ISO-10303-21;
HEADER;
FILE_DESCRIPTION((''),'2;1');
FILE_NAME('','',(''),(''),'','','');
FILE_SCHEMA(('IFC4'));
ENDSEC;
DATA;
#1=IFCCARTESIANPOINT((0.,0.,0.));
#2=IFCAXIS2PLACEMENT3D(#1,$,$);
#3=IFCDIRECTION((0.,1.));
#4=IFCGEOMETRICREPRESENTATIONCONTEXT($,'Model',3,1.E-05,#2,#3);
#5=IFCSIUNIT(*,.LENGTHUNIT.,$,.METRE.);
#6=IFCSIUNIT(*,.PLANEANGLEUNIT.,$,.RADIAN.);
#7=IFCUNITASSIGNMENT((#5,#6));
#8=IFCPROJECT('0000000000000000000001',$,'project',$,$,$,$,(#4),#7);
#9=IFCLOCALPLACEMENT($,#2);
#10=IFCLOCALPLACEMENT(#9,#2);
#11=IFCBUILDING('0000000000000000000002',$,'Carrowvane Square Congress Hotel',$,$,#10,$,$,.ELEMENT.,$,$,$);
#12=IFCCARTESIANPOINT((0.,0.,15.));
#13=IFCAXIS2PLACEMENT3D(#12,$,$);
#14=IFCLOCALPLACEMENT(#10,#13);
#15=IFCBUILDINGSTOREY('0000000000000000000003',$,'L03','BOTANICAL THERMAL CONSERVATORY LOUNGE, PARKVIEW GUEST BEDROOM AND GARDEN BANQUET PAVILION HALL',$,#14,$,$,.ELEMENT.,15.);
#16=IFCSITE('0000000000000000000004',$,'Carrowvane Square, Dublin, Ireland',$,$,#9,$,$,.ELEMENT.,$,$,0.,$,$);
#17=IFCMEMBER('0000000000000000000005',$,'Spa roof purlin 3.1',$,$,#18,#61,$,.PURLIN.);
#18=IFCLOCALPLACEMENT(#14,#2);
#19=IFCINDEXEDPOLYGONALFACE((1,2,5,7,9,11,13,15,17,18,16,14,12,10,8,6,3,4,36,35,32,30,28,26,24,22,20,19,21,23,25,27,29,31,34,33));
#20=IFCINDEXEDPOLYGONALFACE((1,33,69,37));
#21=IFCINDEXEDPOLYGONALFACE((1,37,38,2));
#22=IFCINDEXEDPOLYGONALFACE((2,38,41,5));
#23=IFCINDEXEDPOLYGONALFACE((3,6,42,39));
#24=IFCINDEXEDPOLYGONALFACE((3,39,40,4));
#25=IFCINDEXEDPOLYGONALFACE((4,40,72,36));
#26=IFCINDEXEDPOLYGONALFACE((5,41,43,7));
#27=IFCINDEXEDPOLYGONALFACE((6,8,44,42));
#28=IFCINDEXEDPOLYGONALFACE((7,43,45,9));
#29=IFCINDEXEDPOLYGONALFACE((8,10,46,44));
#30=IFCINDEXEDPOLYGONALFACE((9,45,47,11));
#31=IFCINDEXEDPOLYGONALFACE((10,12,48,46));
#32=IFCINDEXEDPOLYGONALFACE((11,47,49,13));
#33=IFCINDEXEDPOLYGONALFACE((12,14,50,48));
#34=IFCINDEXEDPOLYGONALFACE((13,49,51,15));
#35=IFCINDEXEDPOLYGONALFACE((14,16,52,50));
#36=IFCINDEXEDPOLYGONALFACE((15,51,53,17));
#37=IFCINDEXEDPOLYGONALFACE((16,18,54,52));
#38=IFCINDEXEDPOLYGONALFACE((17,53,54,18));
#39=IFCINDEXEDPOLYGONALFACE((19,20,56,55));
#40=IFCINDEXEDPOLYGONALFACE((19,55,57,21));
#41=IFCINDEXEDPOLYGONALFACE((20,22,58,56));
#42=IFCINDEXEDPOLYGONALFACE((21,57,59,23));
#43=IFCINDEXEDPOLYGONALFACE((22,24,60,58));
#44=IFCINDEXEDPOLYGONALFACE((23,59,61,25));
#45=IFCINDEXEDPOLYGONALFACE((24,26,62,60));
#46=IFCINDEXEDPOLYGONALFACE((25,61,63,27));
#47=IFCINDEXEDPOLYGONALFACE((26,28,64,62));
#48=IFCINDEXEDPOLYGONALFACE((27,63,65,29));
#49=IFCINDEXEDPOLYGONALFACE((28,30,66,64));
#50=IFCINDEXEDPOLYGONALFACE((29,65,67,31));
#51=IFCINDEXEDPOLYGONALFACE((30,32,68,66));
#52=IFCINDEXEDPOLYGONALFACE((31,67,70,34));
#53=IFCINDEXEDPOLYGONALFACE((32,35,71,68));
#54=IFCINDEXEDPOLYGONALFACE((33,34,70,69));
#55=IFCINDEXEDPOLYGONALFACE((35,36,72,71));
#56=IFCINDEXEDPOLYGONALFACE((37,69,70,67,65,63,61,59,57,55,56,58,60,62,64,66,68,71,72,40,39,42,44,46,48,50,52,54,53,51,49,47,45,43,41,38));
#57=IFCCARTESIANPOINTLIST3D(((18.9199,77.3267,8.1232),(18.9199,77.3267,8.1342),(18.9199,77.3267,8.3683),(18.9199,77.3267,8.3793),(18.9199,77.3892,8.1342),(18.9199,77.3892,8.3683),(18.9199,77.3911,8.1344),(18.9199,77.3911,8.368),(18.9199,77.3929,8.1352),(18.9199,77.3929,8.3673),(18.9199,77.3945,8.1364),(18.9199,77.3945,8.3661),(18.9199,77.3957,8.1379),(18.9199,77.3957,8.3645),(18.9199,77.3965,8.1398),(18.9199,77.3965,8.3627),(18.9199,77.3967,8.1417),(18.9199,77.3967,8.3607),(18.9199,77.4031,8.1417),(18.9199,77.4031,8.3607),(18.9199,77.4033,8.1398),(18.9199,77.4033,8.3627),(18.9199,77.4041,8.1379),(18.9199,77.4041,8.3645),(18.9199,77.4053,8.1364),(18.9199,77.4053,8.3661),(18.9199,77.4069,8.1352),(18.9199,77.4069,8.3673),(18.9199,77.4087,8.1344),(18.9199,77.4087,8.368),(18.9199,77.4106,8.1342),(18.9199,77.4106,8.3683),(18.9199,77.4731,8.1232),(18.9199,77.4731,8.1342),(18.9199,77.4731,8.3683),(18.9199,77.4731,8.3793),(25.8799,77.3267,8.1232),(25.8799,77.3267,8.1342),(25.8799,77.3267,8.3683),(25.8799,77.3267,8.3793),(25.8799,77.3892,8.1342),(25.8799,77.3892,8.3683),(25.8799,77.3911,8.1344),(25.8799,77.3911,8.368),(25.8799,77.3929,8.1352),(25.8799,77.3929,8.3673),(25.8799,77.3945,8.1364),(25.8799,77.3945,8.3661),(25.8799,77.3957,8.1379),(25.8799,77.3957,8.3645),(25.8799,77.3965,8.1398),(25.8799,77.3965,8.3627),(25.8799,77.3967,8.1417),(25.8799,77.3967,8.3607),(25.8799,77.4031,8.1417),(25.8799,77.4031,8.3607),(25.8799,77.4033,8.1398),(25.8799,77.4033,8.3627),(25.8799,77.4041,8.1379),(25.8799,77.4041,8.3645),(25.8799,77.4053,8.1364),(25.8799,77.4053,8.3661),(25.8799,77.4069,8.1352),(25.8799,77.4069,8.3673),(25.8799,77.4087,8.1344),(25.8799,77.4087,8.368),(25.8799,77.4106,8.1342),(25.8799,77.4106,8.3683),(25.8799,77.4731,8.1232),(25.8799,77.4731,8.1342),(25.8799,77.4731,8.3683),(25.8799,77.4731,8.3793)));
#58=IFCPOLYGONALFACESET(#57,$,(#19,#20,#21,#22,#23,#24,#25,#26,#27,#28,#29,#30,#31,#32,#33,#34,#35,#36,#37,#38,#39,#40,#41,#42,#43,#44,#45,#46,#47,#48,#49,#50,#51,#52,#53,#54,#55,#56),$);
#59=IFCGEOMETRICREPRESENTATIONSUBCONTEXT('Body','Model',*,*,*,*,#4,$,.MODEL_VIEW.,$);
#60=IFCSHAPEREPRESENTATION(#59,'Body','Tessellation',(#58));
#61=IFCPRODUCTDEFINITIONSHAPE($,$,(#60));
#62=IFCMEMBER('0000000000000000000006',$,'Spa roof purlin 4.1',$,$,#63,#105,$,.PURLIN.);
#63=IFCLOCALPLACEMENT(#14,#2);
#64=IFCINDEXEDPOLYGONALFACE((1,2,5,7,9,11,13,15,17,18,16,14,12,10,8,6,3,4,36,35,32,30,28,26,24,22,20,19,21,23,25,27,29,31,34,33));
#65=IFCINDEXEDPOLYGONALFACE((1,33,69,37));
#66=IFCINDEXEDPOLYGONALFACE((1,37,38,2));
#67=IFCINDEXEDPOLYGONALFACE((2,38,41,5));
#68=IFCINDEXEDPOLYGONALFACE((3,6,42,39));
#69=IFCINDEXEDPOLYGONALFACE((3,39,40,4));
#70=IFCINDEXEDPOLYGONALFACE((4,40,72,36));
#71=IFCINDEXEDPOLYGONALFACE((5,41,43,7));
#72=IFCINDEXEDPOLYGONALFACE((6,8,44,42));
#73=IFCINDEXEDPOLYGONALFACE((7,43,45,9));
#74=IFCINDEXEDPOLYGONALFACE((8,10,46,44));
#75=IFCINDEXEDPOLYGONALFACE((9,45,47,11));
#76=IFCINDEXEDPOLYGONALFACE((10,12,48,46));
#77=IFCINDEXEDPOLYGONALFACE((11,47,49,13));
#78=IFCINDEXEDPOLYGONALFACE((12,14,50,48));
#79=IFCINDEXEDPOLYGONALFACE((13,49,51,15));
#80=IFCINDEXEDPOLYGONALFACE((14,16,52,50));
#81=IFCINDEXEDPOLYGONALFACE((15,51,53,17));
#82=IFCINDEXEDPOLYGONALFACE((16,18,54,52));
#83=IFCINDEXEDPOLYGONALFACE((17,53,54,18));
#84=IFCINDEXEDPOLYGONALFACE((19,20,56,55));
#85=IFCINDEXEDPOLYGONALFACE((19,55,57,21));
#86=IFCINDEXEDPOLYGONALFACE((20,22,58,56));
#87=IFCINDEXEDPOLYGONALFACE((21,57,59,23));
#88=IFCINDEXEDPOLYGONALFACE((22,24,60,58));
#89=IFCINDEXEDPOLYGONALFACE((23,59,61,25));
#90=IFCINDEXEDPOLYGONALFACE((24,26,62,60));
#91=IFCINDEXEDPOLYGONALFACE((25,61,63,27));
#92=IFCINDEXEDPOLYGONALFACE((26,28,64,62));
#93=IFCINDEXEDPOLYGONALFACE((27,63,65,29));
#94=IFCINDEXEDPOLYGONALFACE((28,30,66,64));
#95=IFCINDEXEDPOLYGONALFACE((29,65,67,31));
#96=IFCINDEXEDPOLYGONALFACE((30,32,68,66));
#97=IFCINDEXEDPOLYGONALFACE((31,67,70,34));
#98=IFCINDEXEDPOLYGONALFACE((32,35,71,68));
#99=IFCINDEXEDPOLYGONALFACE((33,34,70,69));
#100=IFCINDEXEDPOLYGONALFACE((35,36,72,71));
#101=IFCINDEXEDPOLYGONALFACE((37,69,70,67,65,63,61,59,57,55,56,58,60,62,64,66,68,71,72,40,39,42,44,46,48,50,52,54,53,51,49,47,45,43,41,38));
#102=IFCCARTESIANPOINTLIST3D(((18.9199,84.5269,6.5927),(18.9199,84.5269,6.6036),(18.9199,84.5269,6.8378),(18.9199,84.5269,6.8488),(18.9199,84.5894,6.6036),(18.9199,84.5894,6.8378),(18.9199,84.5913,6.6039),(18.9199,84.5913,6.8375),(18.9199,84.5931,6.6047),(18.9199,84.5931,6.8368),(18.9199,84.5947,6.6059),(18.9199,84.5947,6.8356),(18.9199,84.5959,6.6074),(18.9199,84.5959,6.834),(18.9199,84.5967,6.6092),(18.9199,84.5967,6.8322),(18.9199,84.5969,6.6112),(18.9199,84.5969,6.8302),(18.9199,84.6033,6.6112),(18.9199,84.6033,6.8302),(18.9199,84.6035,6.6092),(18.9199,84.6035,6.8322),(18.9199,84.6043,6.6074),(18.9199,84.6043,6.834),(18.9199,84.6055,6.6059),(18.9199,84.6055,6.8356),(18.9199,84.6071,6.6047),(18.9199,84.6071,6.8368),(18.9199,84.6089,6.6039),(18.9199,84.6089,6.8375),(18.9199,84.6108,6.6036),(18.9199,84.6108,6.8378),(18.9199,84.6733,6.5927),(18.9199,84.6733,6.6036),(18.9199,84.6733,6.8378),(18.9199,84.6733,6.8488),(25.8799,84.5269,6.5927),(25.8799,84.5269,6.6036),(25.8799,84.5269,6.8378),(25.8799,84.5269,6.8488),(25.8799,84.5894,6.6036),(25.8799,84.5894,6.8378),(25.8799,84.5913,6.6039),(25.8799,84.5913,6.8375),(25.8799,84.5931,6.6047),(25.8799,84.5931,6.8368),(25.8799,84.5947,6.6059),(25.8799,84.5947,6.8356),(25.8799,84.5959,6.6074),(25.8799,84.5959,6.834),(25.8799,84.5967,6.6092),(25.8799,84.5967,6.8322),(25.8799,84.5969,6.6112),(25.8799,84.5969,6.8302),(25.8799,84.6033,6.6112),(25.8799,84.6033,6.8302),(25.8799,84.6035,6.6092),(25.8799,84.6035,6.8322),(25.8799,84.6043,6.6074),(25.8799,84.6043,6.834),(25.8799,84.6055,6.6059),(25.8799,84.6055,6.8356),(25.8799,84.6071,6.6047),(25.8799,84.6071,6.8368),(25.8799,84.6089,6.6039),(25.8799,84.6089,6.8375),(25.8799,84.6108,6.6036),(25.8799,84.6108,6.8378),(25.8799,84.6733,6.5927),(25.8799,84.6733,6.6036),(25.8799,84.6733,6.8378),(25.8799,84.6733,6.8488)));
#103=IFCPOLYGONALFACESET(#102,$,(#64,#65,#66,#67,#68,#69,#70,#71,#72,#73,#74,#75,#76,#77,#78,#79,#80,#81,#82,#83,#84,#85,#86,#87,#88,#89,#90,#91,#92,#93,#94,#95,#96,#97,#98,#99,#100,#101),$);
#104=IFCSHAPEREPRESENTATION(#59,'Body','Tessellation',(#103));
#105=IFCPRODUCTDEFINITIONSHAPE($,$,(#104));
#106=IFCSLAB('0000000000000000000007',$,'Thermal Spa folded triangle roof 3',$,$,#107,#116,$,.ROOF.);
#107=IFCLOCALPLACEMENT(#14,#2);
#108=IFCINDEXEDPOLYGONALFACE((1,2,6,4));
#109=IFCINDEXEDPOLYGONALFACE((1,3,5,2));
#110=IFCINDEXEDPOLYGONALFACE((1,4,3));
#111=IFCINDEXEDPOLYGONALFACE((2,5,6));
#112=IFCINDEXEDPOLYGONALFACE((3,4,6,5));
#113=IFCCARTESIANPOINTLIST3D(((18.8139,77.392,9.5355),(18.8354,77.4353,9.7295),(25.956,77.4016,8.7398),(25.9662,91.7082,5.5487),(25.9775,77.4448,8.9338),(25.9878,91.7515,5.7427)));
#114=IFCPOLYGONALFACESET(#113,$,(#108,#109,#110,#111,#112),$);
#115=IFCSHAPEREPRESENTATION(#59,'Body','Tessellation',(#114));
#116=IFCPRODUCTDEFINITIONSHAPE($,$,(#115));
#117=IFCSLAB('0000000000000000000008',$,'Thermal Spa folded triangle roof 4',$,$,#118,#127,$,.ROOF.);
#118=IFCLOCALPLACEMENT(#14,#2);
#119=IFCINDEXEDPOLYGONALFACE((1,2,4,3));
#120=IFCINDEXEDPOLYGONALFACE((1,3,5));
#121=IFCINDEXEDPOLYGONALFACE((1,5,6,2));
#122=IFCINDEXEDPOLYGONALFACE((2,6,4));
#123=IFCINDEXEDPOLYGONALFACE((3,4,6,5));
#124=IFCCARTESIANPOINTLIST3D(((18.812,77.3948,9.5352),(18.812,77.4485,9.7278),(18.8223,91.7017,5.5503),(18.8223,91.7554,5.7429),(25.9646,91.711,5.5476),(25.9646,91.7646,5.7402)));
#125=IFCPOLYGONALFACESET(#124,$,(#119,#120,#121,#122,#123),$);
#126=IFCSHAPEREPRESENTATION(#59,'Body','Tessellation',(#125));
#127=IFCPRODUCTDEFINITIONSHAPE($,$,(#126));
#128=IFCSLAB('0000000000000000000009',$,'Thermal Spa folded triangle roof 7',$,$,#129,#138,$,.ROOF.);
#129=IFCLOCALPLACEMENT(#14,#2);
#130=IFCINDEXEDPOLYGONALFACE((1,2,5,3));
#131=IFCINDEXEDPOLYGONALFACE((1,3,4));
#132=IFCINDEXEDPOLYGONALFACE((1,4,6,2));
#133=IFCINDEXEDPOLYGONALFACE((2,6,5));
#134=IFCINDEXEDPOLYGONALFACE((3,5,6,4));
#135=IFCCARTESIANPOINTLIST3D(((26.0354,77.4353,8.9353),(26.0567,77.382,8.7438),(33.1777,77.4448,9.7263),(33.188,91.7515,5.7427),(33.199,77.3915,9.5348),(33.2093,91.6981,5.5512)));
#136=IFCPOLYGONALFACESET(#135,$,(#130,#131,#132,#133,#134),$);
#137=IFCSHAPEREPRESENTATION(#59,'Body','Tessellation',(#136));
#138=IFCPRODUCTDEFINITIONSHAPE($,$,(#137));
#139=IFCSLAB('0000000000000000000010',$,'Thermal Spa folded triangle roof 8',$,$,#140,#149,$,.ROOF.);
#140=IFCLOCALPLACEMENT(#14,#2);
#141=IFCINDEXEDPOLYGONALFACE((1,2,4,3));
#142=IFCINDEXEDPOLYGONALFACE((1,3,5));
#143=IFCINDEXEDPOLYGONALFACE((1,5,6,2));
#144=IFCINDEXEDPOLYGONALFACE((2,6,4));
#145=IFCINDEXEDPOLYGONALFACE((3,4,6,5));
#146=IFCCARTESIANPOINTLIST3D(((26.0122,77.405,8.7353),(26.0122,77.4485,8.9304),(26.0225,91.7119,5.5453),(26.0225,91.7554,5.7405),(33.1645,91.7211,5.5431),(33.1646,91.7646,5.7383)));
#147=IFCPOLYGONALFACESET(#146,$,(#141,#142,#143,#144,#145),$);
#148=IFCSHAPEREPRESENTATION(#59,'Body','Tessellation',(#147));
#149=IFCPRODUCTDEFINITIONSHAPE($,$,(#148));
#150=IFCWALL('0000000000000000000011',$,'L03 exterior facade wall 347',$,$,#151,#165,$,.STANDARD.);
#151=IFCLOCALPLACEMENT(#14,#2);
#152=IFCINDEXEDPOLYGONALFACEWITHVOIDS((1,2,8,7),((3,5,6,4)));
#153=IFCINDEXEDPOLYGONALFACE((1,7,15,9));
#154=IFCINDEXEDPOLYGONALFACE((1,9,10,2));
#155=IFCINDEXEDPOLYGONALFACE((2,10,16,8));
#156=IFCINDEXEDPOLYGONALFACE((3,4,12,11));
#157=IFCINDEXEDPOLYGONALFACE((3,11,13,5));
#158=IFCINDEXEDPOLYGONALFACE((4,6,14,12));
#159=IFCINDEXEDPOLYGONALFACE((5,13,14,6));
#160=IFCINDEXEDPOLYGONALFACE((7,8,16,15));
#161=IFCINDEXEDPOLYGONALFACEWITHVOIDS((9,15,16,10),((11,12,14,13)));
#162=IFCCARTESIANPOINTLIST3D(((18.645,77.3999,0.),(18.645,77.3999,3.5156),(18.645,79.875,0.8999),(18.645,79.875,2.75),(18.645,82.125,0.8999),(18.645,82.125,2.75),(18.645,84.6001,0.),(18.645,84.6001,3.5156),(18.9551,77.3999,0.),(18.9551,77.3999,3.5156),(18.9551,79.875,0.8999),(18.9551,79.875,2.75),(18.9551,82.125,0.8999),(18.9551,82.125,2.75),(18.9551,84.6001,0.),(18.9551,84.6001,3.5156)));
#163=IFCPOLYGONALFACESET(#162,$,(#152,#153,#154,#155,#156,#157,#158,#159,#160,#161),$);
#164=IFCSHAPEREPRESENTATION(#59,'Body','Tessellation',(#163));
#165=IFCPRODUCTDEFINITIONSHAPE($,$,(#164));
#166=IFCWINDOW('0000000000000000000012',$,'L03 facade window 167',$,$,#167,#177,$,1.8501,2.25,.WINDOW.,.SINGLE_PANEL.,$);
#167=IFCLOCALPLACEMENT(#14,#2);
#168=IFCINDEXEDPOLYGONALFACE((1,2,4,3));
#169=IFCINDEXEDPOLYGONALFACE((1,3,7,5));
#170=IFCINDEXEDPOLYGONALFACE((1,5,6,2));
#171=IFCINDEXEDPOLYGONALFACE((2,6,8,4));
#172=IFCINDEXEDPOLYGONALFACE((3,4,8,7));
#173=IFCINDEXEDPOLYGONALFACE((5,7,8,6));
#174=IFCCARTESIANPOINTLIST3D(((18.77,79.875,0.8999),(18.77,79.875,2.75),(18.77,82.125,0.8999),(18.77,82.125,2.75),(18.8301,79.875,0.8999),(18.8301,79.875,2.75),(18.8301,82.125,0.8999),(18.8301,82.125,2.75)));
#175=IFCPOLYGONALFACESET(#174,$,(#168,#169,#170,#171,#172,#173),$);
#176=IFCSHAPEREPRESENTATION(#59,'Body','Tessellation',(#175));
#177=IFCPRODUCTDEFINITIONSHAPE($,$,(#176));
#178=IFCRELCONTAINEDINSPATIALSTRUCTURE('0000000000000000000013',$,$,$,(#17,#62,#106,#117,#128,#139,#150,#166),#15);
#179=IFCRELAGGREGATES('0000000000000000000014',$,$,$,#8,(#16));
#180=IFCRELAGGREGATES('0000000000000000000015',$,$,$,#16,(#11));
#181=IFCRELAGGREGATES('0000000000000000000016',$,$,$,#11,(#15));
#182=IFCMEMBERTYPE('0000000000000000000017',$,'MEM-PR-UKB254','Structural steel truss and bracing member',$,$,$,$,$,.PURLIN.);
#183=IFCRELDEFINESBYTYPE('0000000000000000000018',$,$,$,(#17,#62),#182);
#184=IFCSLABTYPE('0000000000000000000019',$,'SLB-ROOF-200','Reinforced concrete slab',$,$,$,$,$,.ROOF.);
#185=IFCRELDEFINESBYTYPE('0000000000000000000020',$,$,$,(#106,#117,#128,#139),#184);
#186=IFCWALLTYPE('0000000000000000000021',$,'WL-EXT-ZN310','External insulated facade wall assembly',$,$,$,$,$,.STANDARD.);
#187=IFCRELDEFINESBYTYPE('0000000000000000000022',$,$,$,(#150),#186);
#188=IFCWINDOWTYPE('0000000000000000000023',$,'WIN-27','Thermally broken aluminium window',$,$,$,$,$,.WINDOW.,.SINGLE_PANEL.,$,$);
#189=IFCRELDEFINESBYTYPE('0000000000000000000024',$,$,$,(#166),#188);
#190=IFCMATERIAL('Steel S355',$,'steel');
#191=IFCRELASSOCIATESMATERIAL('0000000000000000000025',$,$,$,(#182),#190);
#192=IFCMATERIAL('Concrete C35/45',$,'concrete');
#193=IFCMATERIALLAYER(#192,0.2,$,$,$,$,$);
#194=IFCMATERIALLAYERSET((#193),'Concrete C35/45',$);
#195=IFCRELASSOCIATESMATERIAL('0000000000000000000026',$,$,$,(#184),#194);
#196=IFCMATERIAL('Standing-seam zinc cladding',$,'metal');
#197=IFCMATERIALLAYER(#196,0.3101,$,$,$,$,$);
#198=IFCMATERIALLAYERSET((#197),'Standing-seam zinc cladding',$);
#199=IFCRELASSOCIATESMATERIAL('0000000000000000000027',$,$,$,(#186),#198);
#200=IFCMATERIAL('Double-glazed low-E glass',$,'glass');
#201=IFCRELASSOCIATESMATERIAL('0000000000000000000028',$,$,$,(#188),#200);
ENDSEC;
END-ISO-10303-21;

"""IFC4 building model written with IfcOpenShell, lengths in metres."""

from ifc_helpers import new_model, si_unit, direction, frame, frame_2d, origin, origin_2d, place, context, subcontext, project, spatial, polyline, rectangle, i_section, outline, extrude, material, layer, layer_set, material_profile, profile_set, type_object, element, fill, save


model = new_model("IFC4")

# Units and contexts
model_context = context("Model", 3, precision=1e-05, world=origin(), true_north=direction((0.0, 1.0)))
body_context = subcontext(model_context, "Body", "Model", "MODEL_VIEW")
ifc_project = project(units=[si_unit("LENGTHUNIT", "METRE"), si_unit("PLANEANGLEUNIT", "RADIAN")], contexts=[model_context])

# Site, building, storey
site_placement = place(None, origin())
site = spatial("IfcSite", under=ifc_project, at=site_placement, Name="Carrowvane Square, Dublin, Ireland", CompositionType="ELEMENT", RefElevation=0.0)
building_placement = place(site_placement, origin())
building = spatial("IfcBuilding", under=site, at=building_placement, Name="Carrowvane Square Congress Hotel", CompositionType="ELEMENT")
storey_placement = place(building_placement, frame((0.0, 0.0, 15.0)))
storey = spatial("IfcBuildingStorey", under=building, at=storey_placement, Name="L03", Description="BOTANICAL THERMAL CONSERVATORY LOUNGE, PARKVIEW GUEST BEDROOM AND GARDEN BANQUET PAVILION HALL", CompositionType="ELEMENT", Elevation=15.0)

# Members
ifc_material_1 = material(Name="Steel S355", Category="steel")
ifc_material_profile_1 = material_profile(ifc_material_1, i_section(OverallWidth=0.1465, OverallDepth=0.2561, WebThickness=0.0063, FlangeThickness=0.011, FilletRadius=0.0076, at=origin_2d()), Name="UKB 254x146x37")
ifc_profile_set_1 = profile_set([ifc_material_profile_1], Name="Steel S355")
member_type = type_object("IfcMemberType", Name="MEM-PR-UKB254", Description="Structural steel truss and bracing member", PredefinedType="PURLIN", material=ifc_profile_set_1)
for number, where, z_axis, x_axis, name in (
    (1, (18.9199, 77.3999, 8.2512), (1.0, 0.0, 0.0), (0.0, 1.0, 0.0), "Spa roof purlin 3.1"),
    (2, (18.9199, 84.6001, 6.7207), (1.0, 0.0, 0.0), (0.0, 1.0, 0.0), "Spa roof purlin 4.1"),
):
    element("IfcMember", number, at=place(storey_placement, frame(where, z_axis=z_axis, x_axis=x_axis)), inside=storey, type_object=member_type, Name=name, PredefinedType="PURLIN", context=body_context, shape_type="SweptSolid", body=[
        extrude(i_section(OverallWidth=0.1465, OverallDepth=0.2561, WebThickness=0.0063, FlangeThickness=0.011, FilletRadius=0.0076, at=origin_2d()), origin(), (0.0, 0.0, 1.0), 6.96),
    ])

# Slabs
ifc_material_2 = material(Name="Concrete C35/45", Category="concrete")
ifc_layer_1 = layer(ifc_material_2, 0.2)
ifc_layer_set_1 = layer_set([ifc_layer_1], Name="Concrete C35/45")
slab_type = type_object("IfcSlabType", Name="SLB-ROOF-200", Description="Reinforced concrete slab", PredefinedType="ROOF", material=ifc_layer_set_1)
slab_1_placement = place(storey_placement, frame((18.8354, 77.4353, 9.7295), z_axis=(0.107811, 0.216362, 0.970342), x_axis=(0.993851, 0.001325, -0.110719)))
element("IfcSlab", 3, at=slab_1_placement, inside=storey, type_object=slab_type, Name="Thermal Spa folded triangle roof 3", PredefinedType="ROOF", context=body_context, shape_type="SweptSolid", body=[
    extrude(outline(polyline([(0.0, 0.0), (7.1863, 0.0), (7.5687, 14.6532), (0.0, 0.0)])), origin(), (0.0, 0.0, -1.0), 0.2),
])
slab_2_placement = place(storey_placement, frame((18.812, 77.4485, 9.7278), z_axis=(0.000014, 0.268314, 0.963331), x_axis=(0.433679, 0.868025, -0.241775)))
element("IfcSlab", 4, at=slab_2_placement, inside=storey, type_object=slab_type, Name="Thermal Spa folded triangle roof 4", PredefinedType="ROOF", context=body_context, shape_type="SweptSolid", body=[
    extrude(outline(polyline([(0.0, 0.0), (16.4928, 0.0), (13.3866, 6.4315), (0.0, 0.0)])), origin(), (0.0, 0.0, -1.0), 0.2),
])
slab_3_placement = place(storey_placement, frame((26.0354, 77.4353, 8.9353), z_axis=(-0.106439, 0.266789, 0.957859), x_axis=(0.993922, 0.001325, 0.110077)))
element("IfcSlab", 5, at=slab_3_placement, inside=storey, type_object=slab_type, Name="Thermal Spa folded triangle roof 7", PredefinedType="ROOF", context=body_context, shape_type="SweptSolid", body=[
    extrude(outline(polyline([(0.0, 0.0), (7.186, 0.0), (6.7766, 14.8453), (0.0, 0.0)])), origin(), (0.0, 0.0, -1.0), 0.2),
])
slab_4_placement = place(storey_placement, frame((26.0122, 77.4485, 8.9304), z_axis=(0.000018, 0.217622, 0.976033), x_axis=(0.438293, 0.877289, -0.195613)))
element("IfcSlab", 6, at=slab_4_placement, inside=storey, type_object=slab_type, Name="Thermal Spa folded triangle roof 8", PredefinedType="ROOF", context=body_context, shape_type="SweptSolid", body=[
    extrude(outline(polyline([(0.0, 0.0), (16.3186, 0.0), (13.1798, 6.4154), (0.0, 0.0)])), origin(), (0.0, 0.0, -1.0), 0.2),
])

# Wall, opening, window
ifc_material_3 = material(Name="Standing-seam zinc cladding", Category="metal")
ifc_layer_2 = layer(ifc_material_3, 0.3101)
ifc_layer_set_2 = layer_set([ifc_layer_2], Name="Standing-seam zinc cladding")
wall_type_1 = type_object("IfcWallType", Name="WL-EXT-ZN310", Description="External insulated facade wall assembly", PredefinedType="STANDARD", material=ifc_layer_set_2)
wall_1_placement = place(storey_placement, frame((18.8, 77.3999, 0.0), z_axis=(0.0, 0.0, 1.0), x_axis=(0.0, 1.0, 0.0)))
wall_1 = element("IfcWall", 7, at=wall_1_placement, inside=storey, type_object=wall_type_1, Name="L03 exterior facade wall 347", PredefinedType="STANDARD", context=body_context, shape_type="SweptSolid", body=[
    extrude(rectangle(XDim=7.2002, YDim=0.3101, at=frame_2d((3.6001, 0.0))), origin(), (0.0, 0.0, 1.0), 3.5156),
])
opening_1_placement = place(wall_1_placement, frame((2.4751, 0.0, 0.8999)))
opening_1 = element("IfcOpeningElement", 8, at=opening_1_placement, cuts=wall_1, PredefinedType="OPENING", context=body_context, shape_type="SweptSolid", body=[
    extrude(rectangle(XDim=2.25, YDim=1.8501, at=frame_2d((1.125, 0.925))), frame((0.0, 0.165, 0.0), z_axis=(0.0, -1.0, 0.0), x_axis=(1.0, 0.0, 0.0)), (0.0, 0.0, 1.0), 0.3301),
])
ifc_material_4 = material(Name="Double-glazed low-E glass", Category="glass")
window_type_1 = type_object("IfcWindowType", Name="WIN-27", Description="Thermally broken aluminium window", PartitioningType="SINGLE_PANEL", PredefinedType="WINDOW", material=ifc_material_4)
window_1_placement = place(opening_1_placement, origin())
window_1 = element("IfcWindow", 9, at=window_1_placement, inside=storey, type_object=window_type_1, Name="L03 facade window 167", OverallHeight=1.8501, OverallWidth=2.25, PartitioningType="SINGLE_PANEL", PredefinedType="WINDOW", context=body_context, shape_type="SweptSolid", body=[
    extrude(rectangle(XDim=2.25, YDim=1.8501, at=frame_2d((1.125, 0.925))), frame((0.0, 0.03, 0.0), z_axis=(0.0, -1.0, 0.0), x_axis=(1.0, 0.0, 0.0)), (0.0, 0.0, 1.0), 0.0601),
])
fill(opening_1, window_1)

save(model, "model.ifc")
